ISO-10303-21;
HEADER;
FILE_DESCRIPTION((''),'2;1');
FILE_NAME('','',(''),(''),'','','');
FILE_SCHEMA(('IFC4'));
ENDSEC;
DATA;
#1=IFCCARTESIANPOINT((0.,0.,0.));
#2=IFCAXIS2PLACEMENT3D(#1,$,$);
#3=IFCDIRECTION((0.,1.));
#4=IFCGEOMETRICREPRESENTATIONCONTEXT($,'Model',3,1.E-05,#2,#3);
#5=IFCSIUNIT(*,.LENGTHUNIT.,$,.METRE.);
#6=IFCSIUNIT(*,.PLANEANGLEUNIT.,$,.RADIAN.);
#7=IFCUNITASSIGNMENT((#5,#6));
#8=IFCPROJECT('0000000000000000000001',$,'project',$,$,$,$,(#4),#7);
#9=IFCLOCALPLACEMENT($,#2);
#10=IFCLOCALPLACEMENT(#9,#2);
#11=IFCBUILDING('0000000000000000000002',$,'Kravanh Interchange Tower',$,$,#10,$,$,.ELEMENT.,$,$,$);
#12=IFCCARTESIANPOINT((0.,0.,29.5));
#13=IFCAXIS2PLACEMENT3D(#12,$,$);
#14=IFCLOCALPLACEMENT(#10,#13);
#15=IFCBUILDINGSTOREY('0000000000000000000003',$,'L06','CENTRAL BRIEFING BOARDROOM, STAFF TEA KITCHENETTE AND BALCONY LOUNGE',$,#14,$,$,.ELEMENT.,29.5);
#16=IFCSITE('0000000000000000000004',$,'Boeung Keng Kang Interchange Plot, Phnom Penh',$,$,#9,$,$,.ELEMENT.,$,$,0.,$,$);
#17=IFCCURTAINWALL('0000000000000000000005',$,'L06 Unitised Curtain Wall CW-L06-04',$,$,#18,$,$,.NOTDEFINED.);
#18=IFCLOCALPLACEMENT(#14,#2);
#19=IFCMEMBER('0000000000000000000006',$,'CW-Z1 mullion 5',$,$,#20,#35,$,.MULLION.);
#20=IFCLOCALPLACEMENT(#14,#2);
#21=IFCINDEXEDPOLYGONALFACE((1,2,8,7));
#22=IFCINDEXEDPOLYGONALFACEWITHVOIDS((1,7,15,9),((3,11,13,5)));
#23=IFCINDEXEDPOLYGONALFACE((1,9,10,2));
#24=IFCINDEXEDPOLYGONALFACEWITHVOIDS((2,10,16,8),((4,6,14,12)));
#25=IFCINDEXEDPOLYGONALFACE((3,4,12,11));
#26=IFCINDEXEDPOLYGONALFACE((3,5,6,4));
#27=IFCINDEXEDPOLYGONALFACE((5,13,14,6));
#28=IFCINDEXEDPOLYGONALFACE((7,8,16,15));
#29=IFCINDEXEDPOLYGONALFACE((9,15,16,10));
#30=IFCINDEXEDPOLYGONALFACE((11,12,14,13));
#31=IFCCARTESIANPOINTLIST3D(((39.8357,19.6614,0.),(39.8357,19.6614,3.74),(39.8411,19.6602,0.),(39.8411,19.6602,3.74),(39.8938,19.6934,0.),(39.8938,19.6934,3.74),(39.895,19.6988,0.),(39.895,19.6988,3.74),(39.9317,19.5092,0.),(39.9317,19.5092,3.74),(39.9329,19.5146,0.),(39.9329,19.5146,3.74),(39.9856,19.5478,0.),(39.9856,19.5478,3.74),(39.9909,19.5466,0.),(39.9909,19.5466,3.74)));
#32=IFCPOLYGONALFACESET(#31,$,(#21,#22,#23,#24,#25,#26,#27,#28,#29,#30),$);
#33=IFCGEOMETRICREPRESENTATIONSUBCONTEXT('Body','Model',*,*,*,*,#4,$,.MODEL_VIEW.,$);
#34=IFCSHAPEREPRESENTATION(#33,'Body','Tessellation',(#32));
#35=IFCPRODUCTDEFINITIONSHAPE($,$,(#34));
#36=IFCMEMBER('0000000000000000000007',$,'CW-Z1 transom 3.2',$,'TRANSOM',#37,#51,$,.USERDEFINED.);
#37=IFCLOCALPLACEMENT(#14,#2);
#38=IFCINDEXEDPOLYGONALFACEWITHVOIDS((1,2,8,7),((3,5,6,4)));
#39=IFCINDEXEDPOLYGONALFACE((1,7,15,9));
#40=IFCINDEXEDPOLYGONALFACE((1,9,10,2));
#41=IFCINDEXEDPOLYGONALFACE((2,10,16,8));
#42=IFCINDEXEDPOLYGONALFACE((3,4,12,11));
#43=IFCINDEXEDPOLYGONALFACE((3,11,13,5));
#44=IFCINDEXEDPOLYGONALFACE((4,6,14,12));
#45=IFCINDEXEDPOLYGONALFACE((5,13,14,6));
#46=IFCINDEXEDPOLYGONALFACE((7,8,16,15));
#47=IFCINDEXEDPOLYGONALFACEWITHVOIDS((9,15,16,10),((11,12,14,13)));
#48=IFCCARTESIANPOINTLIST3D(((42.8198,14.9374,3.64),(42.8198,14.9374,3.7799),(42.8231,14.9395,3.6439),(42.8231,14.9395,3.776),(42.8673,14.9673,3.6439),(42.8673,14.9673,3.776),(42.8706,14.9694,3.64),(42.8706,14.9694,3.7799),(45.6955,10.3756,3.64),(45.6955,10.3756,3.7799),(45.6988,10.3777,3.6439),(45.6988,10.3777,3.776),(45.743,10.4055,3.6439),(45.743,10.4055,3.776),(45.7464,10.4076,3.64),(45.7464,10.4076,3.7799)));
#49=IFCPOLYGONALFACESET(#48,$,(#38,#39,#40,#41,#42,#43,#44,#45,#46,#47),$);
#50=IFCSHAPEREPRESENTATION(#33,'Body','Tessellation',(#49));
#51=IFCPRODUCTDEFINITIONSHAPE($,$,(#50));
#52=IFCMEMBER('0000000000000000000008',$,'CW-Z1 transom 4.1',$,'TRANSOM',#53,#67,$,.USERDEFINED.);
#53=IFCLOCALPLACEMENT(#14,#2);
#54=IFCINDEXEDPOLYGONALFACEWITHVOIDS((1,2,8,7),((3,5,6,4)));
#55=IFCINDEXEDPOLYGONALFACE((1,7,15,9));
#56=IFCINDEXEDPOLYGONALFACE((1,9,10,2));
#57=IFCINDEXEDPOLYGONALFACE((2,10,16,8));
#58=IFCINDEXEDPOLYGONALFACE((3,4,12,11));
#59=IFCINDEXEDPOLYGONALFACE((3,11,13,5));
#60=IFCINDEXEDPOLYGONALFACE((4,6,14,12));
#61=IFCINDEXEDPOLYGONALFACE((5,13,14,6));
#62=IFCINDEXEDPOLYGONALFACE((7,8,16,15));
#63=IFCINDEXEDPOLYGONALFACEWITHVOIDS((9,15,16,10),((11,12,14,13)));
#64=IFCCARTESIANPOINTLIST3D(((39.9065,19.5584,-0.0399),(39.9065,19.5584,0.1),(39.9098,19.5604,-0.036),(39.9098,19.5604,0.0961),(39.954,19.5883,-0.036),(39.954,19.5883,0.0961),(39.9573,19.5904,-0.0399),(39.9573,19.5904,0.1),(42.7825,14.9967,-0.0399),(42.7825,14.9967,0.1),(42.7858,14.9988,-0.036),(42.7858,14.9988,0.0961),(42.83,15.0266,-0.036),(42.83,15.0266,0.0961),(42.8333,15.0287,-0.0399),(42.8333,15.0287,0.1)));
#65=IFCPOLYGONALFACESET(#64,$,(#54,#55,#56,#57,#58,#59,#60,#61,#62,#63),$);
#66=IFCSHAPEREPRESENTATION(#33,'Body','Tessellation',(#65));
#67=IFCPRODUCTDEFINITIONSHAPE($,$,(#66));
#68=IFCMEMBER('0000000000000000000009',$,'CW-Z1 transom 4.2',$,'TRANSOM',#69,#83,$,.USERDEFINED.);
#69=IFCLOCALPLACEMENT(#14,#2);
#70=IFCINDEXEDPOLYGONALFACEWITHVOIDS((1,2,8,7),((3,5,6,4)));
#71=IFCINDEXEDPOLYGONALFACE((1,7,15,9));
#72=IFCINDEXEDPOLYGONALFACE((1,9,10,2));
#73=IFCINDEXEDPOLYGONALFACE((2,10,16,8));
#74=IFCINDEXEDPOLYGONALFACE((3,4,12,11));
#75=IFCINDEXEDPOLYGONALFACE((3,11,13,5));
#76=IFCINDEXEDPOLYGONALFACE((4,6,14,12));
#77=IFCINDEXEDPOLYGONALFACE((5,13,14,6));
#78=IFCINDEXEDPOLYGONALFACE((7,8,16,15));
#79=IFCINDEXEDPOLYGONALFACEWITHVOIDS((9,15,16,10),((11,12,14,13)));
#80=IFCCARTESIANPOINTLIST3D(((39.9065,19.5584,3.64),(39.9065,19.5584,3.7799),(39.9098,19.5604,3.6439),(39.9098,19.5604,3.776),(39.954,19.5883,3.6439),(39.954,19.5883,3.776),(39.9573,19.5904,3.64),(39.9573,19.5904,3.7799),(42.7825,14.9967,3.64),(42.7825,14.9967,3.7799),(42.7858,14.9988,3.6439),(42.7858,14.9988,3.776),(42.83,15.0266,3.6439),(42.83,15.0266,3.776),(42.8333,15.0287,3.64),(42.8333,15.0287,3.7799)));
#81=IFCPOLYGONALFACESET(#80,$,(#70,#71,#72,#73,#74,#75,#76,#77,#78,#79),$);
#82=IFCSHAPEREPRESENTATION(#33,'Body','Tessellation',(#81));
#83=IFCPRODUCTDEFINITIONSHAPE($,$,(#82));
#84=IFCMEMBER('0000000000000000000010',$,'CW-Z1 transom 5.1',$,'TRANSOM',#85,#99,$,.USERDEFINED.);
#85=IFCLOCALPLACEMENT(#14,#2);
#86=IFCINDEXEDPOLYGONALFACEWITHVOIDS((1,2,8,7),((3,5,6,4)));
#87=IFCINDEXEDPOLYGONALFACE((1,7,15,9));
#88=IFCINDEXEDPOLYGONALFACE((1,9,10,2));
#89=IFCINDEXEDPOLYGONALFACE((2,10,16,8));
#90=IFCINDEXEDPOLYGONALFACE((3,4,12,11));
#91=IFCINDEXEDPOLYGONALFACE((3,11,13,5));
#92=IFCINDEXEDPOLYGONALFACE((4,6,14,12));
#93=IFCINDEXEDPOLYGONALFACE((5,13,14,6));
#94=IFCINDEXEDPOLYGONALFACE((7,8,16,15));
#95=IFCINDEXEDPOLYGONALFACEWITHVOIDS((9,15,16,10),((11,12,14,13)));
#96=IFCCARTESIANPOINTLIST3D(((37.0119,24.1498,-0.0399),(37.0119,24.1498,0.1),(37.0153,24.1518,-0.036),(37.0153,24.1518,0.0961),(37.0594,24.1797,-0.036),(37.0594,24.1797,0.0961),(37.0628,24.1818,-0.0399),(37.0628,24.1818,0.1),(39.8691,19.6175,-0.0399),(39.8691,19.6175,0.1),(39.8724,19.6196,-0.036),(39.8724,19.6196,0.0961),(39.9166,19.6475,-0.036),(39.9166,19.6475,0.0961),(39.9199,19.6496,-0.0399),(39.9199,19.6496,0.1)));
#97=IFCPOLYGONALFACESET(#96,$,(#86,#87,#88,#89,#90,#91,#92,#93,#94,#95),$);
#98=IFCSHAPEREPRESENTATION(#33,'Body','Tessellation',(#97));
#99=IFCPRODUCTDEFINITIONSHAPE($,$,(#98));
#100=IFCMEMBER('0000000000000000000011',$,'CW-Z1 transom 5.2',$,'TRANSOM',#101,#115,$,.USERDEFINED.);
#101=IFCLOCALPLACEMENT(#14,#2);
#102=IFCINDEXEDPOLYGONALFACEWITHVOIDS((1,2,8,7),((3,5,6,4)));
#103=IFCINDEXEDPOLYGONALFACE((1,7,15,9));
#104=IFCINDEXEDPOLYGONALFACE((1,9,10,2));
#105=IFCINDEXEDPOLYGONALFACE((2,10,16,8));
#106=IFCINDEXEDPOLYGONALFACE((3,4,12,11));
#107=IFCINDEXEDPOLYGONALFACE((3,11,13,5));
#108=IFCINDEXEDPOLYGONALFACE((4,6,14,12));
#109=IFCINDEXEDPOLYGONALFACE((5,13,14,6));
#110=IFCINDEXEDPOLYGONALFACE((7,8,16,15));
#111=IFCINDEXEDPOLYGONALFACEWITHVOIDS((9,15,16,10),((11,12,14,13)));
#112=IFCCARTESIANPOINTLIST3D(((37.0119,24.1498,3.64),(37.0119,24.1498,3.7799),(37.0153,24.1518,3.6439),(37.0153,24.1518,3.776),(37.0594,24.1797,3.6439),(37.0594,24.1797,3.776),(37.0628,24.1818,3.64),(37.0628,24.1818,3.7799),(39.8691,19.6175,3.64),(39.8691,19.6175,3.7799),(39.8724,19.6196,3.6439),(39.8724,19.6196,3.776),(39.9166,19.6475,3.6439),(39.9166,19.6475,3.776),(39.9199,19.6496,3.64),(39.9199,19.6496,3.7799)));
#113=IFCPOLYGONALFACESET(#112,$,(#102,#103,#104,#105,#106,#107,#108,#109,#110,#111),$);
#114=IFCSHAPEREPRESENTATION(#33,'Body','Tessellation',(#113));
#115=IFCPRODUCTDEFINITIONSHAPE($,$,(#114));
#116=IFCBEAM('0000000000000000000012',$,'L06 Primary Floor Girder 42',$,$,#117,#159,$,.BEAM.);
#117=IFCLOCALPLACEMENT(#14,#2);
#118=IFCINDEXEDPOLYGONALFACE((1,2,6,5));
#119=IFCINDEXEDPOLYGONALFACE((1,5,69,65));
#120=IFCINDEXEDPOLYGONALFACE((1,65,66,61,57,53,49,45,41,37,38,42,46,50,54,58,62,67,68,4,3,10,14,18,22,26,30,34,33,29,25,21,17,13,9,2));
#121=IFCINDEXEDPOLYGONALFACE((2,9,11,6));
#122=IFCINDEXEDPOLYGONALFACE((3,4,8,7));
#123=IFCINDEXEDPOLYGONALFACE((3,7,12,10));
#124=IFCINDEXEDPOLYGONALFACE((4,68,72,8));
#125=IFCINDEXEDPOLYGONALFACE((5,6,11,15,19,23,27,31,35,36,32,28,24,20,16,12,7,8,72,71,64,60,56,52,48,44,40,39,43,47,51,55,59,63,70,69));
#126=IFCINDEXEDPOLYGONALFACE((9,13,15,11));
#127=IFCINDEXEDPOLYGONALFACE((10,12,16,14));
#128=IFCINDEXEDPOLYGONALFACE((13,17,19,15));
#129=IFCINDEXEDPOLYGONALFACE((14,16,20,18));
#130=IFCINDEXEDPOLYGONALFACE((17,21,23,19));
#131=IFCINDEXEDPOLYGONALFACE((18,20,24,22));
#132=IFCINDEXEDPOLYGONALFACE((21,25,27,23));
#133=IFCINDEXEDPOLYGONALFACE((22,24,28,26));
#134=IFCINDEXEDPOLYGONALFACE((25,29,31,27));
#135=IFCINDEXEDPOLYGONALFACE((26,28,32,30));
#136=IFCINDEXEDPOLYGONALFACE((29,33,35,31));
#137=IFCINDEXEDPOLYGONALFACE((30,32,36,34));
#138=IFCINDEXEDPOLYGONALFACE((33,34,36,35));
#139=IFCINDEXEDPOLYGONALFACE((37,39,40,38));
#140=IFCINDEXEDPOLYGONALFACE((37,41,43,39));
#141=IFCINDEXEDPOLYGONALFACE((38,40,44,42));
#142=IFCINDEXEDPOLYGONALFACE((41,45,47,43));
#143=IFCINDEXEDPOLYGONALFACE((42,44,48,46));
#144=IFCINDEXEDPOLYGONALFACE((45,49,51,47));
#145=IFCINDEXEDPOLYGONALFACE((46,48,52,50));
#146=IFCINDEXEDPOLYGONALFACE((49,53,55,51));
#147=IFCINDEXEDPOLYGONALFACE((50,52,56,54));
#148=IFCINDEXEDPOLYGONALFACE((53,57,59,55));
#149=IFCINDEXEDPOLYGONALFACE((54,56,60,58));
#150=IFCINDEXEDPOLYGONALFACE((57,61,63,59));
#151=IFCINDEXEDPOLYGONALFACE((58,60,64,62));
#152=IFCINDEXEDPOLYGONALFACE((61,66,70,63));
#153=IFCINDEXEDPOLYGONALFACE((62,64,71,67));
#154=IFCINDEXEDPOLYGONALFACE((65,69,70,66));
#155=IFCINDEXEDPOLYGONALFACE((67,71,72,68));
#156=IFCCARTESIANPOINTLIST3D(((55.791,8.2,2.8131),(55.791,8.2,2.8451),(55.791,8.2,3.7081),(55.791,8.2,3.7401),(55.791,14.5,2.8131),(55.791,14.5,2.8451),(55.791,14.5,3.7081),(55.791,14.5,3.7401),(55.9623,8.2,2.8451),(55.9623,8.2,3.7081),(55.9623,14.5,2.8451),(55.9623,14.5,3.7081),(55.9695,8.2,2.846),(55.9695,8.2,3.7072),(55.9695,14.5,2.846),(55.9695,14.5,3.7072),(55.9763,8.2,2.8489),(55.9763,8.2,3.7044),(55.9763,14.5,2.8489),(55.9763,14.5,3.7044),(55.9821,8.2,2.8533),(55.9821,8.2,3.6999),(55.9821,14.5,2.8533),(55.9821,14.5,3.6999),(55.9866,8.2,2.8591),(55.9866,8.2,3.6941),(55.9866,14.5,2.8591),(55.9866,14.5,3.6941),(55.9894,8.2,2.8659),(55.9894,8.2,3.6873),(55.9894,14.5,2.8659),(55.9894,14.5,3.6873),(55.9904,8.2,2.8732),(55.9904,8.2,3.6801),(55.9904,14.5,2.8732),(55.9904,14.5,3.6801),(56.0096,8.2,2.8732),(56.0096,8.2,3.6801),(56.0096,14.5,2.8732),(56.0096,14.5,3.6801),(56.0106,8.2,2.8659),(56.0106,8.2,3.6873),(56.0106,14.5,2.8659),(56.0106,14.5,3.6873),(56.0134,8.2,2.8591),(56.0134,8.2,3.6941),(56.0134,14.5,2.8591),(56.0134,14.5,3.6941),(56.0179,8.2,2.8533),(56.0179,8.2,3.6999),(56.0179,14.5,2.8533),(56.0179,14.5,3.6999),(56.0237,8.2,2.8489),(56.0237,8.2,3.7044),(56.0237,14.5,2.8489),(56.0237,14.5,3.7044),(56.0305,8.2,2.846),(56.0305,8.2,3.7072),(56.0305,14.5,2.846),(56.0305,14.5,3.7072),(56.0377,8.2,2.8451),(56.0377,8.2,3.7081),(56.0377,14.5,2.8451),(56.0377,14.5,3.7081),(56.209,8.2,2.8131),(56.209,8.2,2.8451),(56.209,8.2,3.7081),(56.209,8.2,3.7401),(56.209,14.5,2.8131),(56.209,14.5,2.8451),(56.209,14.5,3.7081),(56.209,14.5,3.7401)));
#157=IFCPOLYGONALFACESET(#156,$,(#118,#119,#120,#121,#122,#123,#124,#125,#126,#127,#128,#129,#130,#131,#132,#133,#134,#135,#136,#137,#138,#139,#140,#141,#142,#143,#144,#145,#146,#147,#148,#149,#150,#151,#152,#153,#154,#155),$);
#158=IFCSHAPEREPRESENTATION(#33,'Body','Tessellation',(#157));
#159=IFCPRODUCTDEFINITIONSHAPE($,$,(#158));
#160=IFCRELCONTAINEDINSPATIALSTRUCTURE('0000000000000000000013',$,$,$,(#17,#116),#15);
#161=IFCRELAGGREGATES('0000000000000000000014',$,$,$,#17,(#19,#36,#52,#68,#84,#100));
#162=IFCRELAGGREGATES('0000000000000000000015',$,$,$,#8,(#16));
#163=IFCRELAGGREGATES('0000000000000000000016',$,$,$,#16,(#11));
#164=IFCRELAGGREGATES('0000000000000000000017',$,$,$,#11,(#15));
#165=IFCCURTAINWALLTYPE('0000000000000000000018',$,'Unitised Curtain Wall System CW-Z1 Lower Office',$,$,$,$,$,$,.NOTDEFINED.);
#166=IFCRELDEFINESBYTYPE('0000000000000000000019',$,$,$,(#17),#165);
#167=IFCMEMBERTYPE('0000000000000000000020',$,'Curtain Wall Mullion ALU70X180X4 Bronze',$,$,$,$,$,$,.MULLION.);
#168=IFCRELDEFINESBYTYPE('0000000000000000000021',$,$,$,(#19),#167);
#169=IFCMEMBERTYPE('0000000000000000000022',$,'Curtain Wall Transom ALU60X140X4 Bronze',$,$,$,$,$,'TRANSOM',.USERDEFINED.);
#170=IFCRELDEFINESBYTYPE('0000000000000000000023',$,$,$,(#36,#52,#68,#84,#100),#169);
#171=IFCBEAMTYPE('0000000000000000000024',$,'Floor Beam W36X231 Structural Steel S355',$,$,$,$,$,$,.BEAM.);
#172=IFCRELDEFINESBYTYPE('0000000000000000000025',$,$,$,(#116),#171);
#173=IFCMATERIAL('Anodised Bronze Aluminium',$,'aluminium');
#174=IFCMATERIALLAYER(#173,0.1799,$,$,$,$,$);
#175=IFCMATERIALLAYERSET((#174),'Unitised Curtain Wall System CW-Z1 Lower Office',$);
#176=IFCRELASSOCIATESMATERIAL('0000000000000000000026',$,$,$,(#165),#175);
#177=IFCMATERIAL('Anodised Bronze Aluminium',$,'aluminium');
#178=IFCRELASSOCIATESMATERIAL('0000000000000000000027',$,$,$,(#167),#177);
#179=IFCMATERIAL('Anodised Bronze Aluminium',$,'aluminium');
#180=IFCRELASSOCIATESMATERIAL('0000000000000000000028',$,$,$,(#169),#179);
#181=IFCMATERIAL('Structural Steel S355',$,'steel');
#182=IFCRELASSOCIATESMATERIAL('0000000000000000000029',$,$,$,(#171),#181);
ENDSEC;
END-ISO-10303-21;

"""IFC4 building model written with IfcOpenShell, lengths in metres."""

from ifc_helpers import new_model, si_unit, direction, frame, origin, origin_2d, place, context, subcontext, project, spatial, hollow_rectangle, i_section, extrude, material, layer, layer_set, material_profile, profile_set, type_object, element, aggregate, save


model = new_model("IFC4")

# Units and contexts
model_context = context("Model", 3, precision=1e-05, world=origin(), true_north=direction((0.0, 1.0)))
body_context = subcontext(model_context, "Body", "Model", "MODEL_VIEW")
ifc_project = project(units=[si_unit("LENGTHUNIT", "METRE"), si_unit("PLANEANGLEUNIT", "RADIAN")], contexts=[model_context])

# Site, building, storey
site_placement = place(None, origin())
site = spatial("IfcSite", under=ifc_project, at=site_placement, Name="Boeung Keng Kang Interchange Plot, Phnom Penh", CompositionType="ELEMENT", RefElevation=0.0)
building_placement = place(site_placement, origin())
building = spatial("IfcBuilding", under=site, at=building_placement, Name="Kravanh Interchange Tower", CompositionType="ELEMENT")
storey_placement = place(building_placement, frame((0.0, 0.0, 29.5)))
storey = spatial("IfcBuildingStorey", under=building, at=storey_placement, Name="L06", Description="CENTRAL BRIEFING BOARDROOM, STAFF TEA KITCHENETTE AND BALCONY LOUNGE", CompositionType="ELEMENT", Elevation=29.5)

# Curtain wall, members
ifc_material_1 = material(Name="Anodised Bronze Aluminium", Category="aluminium")
ifc_layer_1 = layer(ifc_material_1, 0.1799)
ifc_layer_set_1 = layer_set([ifc_layer_1], Name="Unitised Curtain Wall System CW-Z1 Lower Office")
curtain_wall_type = type_object("IfcCurtainWallType", Name="Unitised Curtain Wall System CW-Z1 Lower Office", PredefinedType="NOTDEFINED", material=ifc_layer_set_1)
curtain_wall_placement = place(storey_placement, origin())
curtain_wall = element("IfcCurtainWall", 1, at=curtain_wall_placement, inside=storey, type_object=curtain_wall_type, Name="L06 Unitised Curtain Wall CW-L06-04", PredefinedType="NOTDEFINED")
ifc_material_2 = material(Name="Anodised Bronze Aluminium", Category="aluminium")
ifc_material_profile_1 = material_profile(ifc_material_2, hollow_rectangle(XDim=0.0701, YDim=0.1799, WallThickness=0.0039, at=origin_2d()), Name="ALU70X180X4")
ifc_profile_set_1 = profile_set([ifc_material_profile_1], Name="Anodised Bronze Aluminium")
member_type_1 = type_object("IfcMemberType", Name="Curtain Wall Mullion ALU70X180X4 Bronze", PredefinedType="MULLION", material=ifc_profile_set_1)
member_1_placement = place(storey_placement, frame((39.9133, 19.604, 0.0), z_axis=(0.0, 0.0, 1.0), x_axis=(-0.845926, -0.533301, 0.0)))
member_1 = element("IfcMember", 2, at=member_1_placement, type_object=member_type_1, Name="CW-Z1 mullion 5", PredefinedType="MULLION", context=body_context, shape_type="SweptSolid", body=[
    extrude(hollow_rectangle(XDim=0.0701, YDim=0.1799, WallThickness=0.0039, at=origin_2d()), origin(), (0.0, 0.0, 1.0), 3.74),
])
ifc_material_3 = material(Name="Anodised Bronze Aluminium", Category="aluminium")
ifc_material_profile_2 = material_profile(ifc_material_3, hollow_rectangle(XDim=0.0601, YDim=0.1399, WallThickness=0.0039, at=origin_2d()), Name="ALU60X140X4")
ifc_profile_set_2 = profile_set([ifc_material_profile_2], Name="Anodised Bronze Aluminium")
member_type_2 = type_object("IfcMemberType", Name="Curtain Wall Transom ALU60X140X4 Bronze", ElementType="TRANSOM", PredefinedType="USERDEFINED", material=ifc_profile_set_2)
member_2_placement = place(storey_placement, frame((45.7209, 10.3916, 3.71), z_axis=(-0.533279, 0.845939, 0.0), x_axis=(-0.845939, -0.533279, 0.0)))
member_2 = element("IfcMember", 3, at=member_2_placement, type_object=member_type_2, Name="CW-Z1 transom 3.2", ObjectType="TRANSOM", PredefinedType="USERDEFINED", context=body_context, shape_type="SweptSolid", body=[
    extrude(hollow_rectangle(XDim=0.0601, YDim=0.1399, WallThickness=0.0039, at=origin_2d()), origin(), (0.0, 0.0, 1.0), 5.3926),
])
member_3_placement = place(storey_placement, frame((42.8079, 15.0127, 0.03), z_axis=(-0.533311, 0.845919, 0.0), x_axis=(-0.845919, -0.533311, 0.0)))
member_3 = element("IfcMember", 4, at=member_3_placement, type_object=member_type_2, Name="CW-Z1 transom 4.1", ObjectType="TRANSOM", PredefinedType="USERDEFINED", context=body_context, shape_type="SweptSolid", body=[
    extrude(hollow_rectangle(XDim=0.0601, YDim=0.1399, WallThickness=0.0039, at=origin_2d()), origin(), (0.0, 0.0, 1.0), 5.3926),
])
member_4_placement = place(storey_placement, frame((42.8079, 15.0127, 3.71), z_axis=(-0.533311, 0.845919, 0.0), x_axis=(-0.845919, -0.533311, 0.0)))
member_4 = element("IfcMember", 5, at=member_4_placement, type_object=member_type_2, Name="CW-Z1 transom 4.2", ObjectType="TRANSOM", PredefinedType="USERDEFINED", context=body_context, shape_type="SweptSolid", body=[
    extrude(hollow_rectangle(XDim=0.0601, YDim=0.1399, WallThickness=0.0039, at=origin_2d()), origin(), (0.0, 0.0, 1.0), 5.3926),
])
member_5_placement = place(storey_placement, frame((39.8945, 19.6335, 0.03), z_axis=(-0.533288, 0.845934, 0.0), x_axis=(-0.845934, -0.533288, 0.0)))
member_5 = element("IfcMember", 6, at=member_5_placement, type_object=member_type_2, Name="CW-Z1 transom 5.1", ObjectType="TRANSOM", PredefinedType="USERDEFINED", context=body_context, shape_type="SweptSolid", body=[
    extrude(hollow_rectangle(XDim=0.0601, YDim=0.1399, WallThickness=0.0039, at=origin_2d()), origin(), (0.0, 0.0, 1.0), 5.3577),
])
member_6_placement = place(storey_placement, frame((39.8945, 19.6335, 3.71), z_axis=(-0.533288, 0.845934, 0.0), x_axis=(-0.845934, -0.533288, 0.0)))
member_6 = element("IfcMember", 7, at=member_6_placement, type_object=member_type_2, Name="CW-Z1 transom 5.2", ObjectType="TRANSOM", PredefinedType="USERDEFINED", context=body_context, shape_type="SweptSolid", body=[
    extrude(hollow_rectangle(XDim=0.0601, YDim=0.1399, WallThickness=0.0039, at=origin_2d()), origin(), (0.0, 0.0, 1.0), 5.3577),
])

# Beam
ifc_material_4 = material(Name="Structural Steel S355", Category="steel")
ifc_material_profile_3 = material_profile(ifc_material_4, i_section(OverallWidth=0.418, OverallDepth=0.927, WebThickness=0.0193, FlangeThickness=0.032, FilletRadius=0.0281, at=origin_2d()), Name="W36X231")
ifc_profile_set_3 = profile_set([ifc_material_profile_3], Name="Structural Steel S355")
beam_type_1 = type_object("IfcBeamType", Name="Floor Beam W36X231 Structural Steel S355", PredefinedType="BEAM", material=ifc_profile_set_3)
beam_1_placement = place(storey_placement, frame((56.0, 14.5, 3.2766), z_axis=(0.0, -1.0, 0.0), x_axis=(1.0, 0.0, 0.0)))
element("IfcBeam", 8, at=beam_1_placement, inside=storey, type_object=beam_type_1, Name="L06 Primary Floor Girder 42", PredefinedType="BEAM", context=body_context, shape_type="SweptSolid", body=[
    extrude(i_section(OverallWidth=0.418, OverallDepth=0.927, WebThickness=0.0193, FlangeThickness=0.032, FilletRadius=0.0281, at=origin_2d()), origin(), (0.0, 0.0, 1.0), 6.3),
])

aggregate(curtain_wall, [member_1, member_2, member_3, member_4, member_5, member_6])

save(model, "model.ifc")
